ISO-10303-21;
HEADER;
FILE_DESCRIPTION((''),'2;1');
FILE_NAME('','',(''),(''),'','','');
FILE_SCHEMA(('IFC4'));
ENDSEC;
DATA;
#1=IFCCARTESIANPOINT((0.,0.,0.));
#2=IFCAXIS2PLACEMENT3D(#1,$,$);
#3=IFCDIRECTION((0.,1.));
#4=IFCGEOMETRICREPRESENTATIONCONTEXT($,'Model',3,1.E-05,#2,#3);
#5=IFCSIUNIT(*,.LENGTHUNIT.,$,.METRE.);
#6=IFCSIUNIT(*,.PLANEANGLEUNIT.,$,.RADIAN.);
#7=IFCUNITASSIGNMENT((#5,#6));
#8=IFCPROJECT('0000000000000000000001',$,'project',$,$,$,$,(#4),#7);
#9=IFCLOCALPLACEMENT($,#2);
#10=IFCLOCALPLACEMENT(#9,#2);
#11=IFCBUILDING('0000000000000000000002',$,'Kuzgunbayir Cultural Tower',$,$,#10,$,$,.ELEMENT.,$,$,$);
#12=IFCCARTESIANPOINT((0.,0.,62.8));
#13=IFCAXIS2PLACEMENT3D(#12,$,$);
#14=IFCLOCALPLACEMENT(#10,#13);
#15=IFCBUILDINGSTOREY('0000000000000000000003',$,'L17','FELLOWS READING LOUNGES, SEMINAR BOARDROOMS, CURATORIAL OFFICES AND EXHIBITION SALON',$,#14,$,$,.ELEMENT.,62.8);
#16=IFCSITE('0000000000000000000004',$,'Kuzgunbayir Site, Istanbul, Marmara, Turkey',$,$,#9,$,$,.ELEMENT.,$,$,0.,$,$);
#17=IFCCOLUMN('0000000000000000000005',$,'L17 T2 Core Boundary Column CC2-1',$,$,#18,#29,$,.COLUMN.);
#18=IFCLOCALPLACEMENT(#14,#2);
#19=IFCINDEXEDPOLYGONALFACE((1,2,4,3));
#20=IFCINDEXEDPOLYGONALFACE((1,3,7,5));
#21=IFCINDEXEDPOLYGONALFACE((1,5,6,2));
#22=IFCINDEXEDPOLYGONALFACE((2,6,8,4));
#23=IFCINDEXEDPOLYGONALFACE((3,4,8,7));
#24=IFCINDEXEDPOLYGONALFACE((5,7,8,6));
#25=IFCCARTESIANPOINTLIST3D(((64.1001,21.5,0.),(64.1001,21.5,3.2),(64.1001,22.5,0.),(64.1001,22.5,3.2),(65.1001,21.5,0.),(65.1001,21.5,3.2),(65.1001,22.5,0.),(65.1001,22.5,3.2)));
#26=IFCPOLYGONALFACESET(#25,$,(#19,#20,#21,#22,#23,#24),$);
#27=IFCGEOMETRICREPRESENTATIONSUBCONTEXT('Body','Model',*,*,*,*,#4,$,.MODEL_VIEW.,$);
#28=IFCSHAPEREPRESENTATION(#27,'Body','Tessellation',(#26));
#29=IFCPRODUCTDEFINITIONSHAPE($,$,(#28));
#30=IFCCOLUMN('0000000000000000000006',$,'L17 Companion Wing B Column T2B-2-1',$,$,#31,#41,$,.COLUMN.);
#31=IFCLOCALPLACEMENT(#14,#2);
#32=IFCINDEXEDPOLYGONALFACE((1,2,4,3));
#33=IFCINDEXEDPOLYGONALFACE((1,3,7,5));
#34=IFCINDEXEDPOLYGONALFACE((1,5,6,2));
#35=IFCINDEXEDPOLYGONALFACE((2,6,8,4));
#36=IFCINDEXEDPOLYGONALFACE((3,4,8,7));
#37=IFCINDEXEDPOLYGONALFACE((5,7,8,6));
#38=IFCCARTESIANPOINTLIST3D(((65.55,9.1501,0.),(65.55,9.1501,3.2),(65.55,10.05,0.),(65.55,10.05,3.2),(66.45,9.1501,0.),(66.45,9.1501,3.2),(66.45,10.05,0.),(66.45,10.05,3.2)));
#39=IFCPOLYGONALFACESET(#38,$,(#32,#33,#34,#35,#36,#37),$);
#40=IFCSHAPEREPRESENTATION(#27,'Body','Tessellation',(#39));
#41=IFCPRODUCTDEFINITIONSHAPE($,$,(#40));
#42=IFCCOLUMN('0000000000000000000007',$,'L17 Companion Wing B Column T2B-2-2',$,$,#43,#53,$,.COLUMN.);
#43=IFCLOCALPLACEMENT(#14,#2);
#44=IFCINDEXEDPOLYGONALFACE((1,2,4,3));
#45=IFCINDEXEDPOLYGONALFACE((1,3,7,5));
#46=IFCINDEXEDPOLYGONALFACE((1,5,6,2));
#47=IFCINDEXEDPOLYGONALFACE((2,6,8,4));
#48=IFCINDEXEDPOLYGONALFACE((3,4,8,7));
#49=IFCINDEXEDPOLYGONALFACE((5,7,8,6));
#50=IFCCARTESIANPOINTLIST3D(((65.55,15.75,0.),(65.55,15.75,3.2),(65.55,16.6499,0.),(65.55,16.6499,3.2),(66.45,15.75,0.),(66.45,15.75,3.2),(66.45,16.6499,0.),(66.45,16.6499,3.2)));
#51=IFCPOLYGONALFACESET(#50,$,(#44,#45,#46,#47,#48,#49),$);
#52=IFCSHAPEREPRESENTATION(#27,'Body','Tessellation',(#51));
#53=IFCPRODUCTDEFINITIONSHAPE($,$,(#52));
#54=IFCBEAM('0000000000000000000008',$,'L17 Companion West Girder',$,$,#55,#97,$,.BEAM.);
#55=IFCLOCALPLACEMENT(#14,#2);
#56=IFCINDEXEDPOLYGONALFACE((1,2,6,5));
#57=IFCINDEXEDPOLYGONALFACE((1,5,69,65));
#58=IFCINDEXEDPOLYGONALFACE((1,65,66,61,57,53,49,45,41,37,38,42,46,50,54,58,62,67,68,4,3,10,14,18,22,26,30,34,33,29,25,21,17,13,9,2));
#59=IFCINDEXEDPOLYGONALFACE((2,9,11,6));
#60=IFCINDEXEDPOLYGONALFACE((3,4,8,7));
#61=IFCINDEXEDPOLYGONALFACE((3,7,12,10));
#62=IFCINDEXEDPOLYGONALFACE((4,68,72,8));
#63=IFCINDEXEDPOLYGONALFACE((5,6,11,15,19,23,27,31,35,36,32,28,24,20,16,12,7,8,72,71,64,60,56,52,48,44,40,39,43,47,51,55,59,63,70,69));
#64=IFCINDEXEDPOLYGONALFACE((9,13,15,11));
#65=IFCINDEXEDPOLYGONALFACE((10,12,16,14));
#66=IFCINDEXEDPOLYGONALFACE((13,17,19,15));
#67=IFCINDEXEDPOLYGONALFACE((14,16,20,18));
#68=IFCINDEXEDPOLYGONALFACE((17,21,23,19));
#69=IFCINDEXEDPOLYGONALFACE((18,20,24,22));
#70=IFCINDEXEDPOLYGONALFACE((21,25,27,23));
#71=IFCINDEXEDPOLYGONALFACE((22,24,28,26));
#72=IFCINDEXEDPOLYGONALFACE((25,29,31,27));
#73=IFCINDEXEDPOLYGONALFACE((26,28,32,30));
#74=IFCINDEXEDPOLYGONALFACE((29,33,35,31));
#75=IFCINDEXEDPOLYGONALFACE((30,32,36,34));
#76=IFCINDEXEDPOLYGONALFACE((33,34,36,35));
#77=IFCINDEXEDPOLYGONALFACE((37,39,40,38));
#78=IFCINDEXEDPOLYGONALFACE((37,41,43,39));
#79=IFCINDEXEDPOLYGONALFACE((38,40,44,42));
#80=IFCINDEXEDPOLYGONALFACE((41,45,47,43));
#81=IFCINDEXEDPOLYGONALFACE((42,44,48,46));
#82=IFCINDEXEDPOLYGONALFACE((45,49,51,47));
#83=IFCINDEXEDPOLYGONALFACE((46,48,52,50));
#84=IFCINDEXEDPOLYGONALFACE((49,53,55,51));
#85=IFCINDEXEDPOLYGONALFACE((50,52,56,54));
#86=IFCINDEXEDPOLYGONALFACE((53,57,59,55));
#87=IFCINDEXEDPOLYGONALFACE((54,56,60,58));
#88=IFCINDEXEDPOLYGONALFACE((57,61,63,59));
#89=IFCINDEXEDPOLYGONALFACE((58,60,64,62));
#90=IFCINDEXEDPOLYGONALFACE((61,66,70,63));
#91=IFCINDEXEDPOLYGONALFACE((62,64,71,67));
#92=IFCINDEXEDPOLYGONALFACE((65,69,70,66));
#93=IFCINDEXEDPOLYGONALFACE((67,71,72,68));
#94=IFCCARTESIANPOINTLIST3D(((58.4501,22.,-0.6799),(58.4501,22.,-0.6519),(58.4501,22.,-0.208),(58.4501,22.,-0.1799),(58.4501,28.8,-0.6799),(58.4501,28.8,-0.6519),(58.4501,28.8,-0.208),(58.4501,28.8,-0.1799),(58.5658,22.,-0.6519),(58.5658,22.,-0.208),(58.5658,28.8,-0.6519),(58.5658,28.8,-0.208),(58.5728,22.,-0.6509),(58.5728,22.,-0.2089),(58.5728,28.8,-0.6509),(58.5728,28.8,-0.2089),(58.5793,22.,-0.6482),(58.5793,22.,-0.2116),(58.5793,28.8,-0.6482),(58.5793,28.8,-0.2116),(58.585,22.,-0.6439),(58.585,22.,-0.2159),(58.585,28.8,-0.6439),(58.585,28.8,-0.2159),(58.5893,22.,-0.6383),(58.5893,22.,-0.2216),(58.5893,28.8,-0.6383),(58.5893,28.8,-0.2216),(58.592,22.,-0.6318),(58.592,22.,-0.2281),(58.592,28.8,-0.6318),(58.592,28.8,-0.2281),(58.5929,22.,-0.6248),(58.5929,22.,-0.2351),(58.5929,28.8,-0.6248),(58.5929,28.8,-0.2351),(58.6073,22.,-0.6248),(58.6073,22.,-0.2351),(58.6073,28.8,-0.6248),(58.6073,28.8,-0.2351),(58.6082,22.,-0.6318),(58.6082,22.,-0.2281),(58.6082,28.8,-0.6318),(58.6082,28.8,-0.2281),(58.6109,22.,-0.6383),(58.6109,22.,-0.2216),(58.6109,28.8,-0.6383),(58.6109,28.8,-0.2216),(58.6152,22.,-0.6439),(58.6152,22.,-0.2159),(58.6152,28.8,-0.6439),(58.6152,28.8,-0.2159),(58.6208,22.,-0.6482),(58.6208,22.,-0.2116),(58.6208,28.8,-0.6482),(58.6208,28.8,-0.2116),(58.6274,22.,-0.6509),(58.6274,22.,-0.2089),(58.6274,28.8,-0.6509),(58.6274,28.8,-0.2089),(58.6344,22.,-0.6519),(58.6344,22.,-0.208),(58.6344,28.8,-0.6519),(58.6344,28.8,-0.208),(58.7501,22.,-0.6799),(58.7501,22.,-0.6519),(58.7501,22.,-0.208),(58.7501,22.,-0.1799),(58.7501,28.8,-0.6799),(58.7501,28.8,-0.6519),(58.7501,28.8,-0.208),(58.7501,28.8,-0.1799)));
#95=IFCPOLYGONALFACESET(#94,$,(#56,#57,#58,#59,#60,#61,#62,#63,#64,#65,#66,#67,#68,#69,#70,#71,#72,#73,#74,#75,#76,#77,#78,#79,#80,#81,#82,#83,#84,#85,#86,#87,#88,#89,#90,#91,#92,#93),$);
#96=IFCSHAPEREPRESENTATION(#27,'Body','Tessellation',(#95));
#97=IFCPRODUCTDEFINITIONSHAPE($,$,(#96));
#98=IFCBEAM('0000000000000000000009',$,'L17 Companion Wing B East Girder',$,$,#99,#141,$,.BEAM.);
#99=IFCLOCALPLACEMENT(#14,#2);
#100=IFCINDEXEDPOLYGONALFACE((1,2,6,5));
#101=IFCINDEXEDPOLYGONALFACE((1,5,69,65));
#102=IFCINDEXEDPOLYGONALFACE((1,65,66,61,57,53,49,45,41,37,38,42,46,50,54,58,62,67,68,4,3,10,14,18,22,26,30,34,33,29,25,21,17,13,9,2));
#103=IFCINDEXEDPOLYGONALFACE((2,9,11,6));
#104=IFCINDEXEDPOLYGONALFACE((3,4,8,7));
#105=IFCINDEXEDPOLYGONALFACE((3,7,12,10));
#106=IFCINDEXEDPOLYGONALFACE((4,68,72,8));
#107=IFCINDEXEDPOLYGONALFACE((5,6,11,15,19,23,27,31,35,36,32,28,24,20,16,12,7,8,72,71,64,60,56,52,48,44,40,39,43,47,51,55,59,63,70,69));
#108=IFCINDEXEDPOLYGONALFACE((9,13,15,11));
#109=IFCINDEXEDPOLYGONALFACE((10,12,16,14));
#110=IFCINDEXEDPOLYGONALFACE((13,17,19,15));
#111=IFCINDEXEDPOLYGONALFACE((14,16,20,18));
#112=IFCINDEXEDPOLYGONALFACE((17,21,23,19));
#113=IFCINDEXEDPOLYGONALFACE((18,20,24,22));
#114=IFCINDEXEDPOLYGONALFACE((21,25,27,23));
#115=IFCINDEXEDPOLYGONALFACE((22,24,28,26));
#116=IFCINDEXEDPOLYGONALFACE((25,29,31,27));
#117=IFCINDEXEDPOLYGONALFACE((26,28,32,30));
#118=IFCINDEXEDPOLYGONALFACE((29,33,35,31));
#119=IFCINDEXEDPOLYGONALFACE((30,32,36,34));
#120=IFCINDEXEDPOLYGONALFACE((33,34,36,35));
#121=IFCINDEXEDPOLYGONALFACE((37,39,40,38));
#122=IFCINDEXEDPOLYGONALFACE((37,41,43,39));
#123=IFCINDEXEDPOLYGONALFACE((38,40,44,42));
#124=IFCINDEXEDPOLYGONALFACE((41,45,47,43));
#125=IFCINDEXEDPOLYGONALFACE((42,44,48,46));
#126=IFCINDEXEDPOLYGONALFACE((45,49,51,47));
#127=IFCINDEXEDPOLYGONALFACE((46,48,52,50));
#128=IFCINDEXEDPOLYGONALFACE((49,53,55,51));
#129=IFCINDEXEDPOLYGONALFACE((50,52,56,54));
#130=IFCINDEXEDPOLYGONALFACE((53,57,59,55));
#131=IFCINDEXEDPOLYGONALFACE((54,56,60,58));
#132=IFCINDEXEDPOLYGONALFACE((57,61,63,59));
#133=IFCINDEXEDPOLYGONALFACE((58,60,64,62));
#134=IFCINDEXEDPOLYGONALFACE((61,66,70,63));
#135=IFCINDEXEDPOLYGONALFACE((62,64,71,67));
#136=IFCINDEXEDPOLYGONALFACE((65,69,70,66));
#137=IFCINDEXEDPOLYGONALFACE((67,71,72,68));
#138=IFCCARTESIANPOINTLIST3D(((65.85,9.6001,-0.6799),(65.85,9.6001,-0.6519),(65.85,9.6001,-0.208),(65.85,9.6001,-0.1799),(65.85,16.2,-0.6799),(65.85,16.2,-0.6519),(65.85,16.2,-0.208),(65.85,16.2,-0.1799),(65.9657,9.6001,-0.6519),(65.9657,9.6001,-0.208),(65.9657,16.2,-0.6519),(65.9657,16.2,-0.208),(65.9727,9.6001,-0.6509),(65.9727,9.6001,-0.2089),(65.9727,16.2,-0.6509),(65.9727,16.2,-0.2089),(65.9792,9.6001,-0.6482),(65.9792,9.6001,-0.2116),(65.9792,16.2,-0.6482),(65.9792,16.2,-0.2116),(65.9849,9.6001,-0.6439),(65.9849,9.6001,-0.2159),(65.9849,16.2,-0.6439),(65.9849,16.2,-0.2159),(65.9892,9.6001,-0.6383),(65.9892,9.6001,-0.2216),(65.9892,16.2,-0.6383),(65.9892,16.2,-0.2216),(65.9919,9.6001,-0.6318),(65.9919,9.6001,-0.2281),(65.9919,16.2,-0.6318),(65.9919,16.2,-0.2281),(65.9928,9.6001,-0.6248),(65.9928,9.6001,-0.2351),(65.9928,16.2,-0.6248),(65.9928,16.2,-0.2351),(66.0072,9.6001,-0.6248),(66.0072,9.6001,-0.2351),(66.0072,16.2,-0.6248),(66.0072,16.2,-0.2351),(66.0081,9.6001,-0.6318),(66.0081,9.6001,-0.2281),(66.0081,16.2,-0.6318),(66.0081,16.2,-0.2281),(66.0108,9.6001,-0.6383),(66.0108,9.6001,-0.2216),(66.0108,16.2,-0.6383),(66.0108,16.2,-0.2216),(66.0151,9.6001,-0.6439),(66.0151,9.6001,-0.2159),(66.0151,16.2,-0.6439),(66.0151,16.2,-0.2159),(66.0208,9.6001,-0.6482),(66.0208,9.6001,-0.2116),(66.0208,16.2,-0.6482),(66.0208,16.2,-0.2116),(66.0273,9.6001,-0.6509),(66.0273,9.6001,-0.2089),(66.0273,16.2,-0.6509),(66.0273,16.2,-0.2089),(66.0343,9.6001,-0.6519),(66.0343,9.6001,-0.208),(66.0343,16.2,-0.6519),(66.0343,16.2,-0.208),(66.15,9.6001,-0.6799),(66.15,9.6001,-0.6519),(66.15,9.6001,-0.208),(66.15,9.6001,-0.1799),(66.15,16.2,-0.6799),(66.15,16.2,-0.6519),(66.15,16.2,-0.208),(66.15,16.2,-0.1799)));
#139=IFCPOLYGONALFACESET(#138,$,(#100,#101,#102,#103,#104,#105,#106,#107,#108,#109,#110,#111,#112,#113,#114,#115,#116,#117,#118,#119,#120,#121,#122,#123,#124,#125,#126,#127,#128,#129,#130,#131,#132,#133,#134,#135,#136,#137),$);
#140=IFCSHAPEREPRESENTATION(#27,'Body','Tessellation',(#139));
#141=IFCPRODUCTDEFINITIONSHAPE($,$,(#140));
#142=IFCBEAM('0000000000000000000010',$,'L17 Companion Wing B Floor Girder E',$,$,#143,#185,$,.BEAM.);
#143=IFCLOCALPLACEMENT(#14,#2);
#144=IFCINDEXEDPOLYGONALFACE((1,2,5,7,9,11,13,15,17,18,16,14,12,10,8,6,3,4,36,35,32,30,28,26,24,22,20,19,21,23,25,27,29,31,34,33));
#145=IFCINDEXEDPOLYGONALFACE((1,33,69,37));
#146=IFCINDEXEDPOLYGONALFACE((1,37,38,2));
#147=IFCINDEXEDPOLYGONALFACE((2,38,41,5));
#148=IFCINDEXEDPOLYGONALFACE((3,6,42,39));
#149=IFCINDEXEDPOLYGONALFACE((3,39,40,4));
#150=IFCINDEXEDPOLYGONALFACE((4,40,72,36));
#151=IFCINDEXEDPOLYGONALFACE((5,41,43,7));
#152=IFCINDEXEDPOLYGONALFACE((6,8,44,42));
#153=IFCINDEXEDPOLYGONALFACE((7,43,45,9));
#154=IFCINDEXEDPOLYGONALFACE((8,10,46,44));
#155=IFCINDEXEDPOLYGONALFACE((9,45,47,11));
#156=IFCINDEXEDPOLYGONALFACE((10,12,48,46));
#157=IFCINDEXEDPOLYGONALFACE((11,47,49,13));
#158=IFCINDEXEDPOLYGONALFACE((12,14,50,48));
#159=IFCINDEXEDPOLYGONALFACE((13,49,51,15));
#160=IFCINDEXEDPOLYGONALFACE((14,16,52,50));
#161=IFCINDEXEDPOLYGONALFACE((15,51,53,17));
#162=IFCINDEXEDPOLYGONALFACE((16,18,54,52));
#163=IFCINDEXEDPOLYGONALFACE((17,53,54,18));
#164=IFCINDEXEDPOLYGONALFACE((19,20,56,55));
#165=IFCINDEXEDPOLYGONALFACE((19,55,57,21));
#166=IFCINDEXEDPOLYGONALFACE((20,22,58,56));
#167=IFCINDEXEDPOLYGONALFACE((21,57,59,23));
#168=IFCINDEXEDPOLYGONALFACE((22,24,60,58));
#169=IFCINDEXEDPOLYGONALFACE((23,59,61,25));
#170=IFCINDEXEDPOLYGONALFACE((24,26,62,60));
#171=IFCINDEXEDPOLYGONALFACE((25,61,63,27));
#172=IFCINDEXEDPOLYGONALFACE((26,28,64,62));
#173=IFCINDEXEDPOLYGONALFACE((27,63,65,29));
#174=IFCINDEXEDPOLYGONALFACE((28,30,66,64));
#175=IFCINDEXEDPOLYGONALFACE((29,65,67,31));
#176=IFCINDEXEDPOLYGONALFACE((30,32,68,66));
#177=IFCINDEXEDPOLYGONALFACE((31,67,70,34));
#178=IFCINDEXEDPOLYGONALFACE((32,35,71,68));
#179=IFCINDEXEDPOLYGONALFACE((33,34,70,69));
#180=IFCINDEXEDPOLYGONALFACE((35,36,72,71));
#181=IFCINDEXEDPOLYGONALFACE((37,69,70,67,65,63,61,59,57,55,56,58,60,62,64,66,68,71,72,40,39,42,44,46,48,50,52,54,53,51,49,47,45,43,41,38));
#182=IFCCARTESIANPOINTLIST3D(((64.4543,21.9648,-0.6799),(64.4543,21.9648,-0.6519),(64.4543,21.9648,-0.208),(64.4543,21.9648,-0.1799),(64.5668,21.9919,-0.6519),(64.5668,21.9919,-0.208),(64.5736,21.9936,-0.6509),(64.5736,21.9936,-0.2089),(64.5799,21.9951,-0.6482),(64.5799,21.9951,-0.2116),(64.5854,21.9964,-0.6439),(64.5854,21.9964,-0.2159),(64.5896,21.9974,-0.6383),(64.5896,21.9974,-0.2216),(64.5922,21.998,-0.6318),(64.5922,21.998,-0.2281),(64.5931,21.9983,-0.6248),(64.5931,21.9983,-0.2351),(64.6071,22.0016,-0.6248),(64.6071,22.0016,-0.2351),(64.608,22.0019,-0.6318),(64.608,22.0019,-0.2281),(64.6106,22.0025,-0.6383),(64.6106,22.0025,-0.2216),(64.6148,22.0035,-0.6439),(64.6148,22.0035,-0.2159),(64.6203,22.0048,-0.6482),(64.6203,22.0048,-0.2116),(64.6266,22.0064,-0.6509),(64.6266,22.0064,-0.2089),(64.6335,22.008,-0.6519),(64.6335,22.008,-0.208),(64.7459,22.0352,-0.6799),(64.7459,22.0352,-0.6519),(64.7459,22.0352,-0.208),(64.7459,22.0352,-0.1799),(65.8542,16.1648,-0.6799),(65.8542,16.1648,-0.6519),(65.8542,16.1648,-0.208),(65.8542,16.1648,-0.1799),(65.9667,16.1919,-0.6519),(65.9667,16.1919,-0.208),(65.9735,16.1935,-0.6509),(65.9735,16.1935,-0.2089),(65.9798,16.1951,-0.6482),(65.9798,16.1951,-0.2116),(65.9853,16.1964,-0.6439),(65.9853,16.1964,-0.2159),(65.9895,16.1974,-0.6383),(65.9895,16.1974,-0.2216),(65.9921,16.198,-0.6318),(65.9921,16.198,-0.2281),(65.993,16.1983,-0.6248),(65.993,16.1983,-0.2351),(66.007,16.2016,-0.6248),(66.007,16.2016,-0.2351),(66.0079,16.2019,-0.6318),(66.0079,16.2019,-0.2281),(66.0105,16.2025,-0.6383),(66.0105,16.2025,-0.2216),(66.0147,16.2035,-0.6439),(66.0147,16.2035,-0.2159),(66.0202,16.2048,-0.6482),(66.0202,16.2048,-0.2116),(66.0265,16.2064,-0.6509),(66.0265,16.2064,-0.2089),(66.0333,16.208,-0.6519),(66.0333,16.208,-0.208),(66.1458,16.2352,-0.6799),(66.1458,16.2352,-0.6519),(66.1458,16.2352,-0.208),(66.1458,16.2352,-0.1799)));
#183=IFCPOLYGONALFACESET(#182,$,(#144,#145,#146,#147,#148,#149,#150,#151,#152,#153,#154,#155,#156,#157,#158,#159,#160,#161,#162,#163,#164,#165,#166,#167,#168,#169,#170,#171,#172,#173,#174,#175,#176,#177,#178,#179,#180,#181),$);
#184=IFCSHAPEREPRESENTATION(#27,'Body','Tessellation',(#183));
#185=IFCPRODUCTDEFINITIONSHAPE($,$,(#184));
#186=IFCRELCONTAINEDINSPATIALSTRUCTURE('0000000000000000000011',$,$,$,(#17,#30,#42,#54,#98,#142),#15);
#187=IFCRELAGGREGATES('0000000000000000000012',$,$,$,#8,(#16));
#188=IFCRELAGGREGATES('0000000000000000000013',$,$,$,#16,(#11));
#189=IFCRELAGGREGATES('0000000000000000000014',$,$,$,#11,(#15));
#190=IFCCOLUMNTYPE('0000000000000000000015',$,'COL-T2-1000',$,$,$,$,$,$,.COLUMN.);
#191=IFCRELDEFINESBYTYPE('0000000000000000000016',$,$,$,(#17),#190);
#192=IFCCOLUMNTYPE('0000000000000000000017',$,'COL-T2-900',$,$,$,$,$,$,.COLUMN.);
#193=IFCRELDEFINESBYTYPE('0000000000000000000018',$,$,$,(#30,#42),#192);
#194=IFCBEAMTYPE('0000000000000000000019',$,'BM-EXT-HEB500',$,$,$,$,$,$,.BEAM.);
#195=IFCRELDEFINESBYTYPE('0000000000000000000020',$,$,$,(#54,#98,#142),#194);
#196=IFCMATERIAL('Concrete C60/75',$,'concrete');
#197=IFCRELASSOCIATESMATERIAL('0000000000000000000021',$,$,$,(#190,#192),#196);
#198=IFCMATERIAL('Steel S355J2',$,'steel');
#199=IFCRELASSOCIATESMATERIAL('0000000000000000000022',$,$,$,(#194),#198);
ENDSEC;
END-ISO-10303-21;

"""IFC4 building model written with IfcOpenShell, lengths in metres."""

from ifc_helpers import new_model, si_unit, direction, frame, origin, origin_2d, place, context, subcontext, project, spatial, rectangle, i_section, extrude, material, material_profile, profile_set, type_object, element, save


model = new_model("IFC4")

# Units and contexts
model_context = context("Model", 3, precision=1e-05, world=origin(), true_north=direction((0.0, 1.0)))
body_context = subcontext(model_context, "Body", "Model", "MODEL_VIEW")
ifc_project = project(units=[si_unit("LENGTHUNIT", "METRE"), si_unit("PLANEANGLEUNIT", "RADIAN")], contexts=[model_context])

# Site, building, storey
site_placement = place(None, origin())
site = spatial("IfcSite", under=ifc_project, at=site_placement, Name="Kuzgunbayir Site, Istanbul, Marmara, Turkey", CompositionType="ELEMENT", RefElevation=0.0)
building_placement = place(site_placement, origin())
building = spatial("IfcBuilding", under=site, at=building_placement, Name="Kuzgunbayir Cultural Tower", CompositionType="ELEMENT")
storey_placement = place(building_placement, frame((0.0, 0.0, 62.8)))
storey = spatial("IfcBuildingStorey", under=building, at=storey_placement, Name="L17", Description="FELLOWS READING LOUNGES, SEMINAR BOARDROOMS, CURATORIAL OFFICES AND EXHIBITION SALON", CompositionType="ELEMENT", Elevation=62.8)

# Columns
ifc_material_1 = material(Name="Concrete C60/75", Category="concrete")
ifc_material_profile_1 = material_profile(ifc_material_1, rectangle(XDim=1.0, YDim=1.0, at=origin_2d()), Name="RC 1000x1000")
ifc_profile_set_1 = profile_set([ifc_material_profile_1], Name="Concrete C60/75")
column_type_1 = type_object("IfcColumnType", Name="COL-T2-1000", PredefinedType="COLUMN", material=ifc_profile_set_1)
column_placement = place(storey_placement, frame((64.6001, 22.0, 0.0), z_axis=(0.0, 0.0, 1.0), x_axis=(1.0, 0.0, 0.0)))
element("IfcColumn", 1, at=column_placement, inside=storey, type_object=column_type_1, Name="L17 T2 Core Boundary Column CC2-1", PredefinedType="COLUMN", context=body_context, shape_type="SweptSolid", body=[
    extrude(rectangle(XDim=1.0, YDim=1.0, at=origin_2d()), origin(), (0.0, 0.0, 1.0), 3.2),
])
ifc_material_profile_2 = material_profile(ifc_material_1, rectangle(XDim=0.8999, YDim=0.8999, at=origin_2d()), Name="RC 900x900")
ifc_profile_set_2 = profile_set([ifc_material_profile_2], Name="Concrete C60/75")
column_type_2 = type_object("IfcColumnType", Name="COL-T2-900", PredefinedType="COLUMN", material=ifc_profile_set_2)
for number, where, z_axis, x_axis, name in (
    (2, (66.0, 9.6001, 0.0), (0.0, 0.0, 1.0), (1.0, 0.0, 0.0), "L17 Companion Wing B Column T2B-2-1"),
    (3, (66.0, 16.2, 0.0), (0.0, 0.0, 1.0), (1.0, 0.0, 0.0), "L17 Companion Wing B Column T2B-2-2"),
):
    element("IfcColumn", number, at=place(storey_placement, frame(where, z_axis=z_axis, x_axis=x_axis)), inside=storey, type_object=column_type_2, Name=name, PredefinedType="COLUMN", context=body_context, shape_type="SweptSolid", body=[
        extrude(rectangle(XDim=0.8999, YDim=0.8999, at=origin_2d()), origin(), (0.0, 0.0, 1.0), 3.2),
    ])

# Beams
ifc_material_2 = material(Name="Steel S355J2", Category="steel")
ifc_material_profile_3 = material_profile(ifc_material_2, i_section(OverallWidth=0.3, OverallDepth=0.5, WebThickness=0.0144, FlangeThickness=0.0281, FilletRadius=0.0271, at=origin_2d()), Name="HEB 500")
ifc_profile_set_3 = profile_set([ifc_material_profile_3], Name="Steel S355J2")
beam_type_1 = type_object("IfcBeamType", Name="BM-EXT-HEB500", PredefinedType="BEAM", material=ifc_profile_set_3)
beam_1_placement = place(storey_placement, frame((58.6001, 22.0, -0.4299), z_axis=(0.0, 1.0, 0.0), x_axis=(-1.0, 0.0, 0.0)))
element("IfcBeam", 4, at=beam_1_placement, inside=storey, type_object=beam_type_1, Name="L17 Companion West Girder", PredefinedType="BEAM", context=body_context, shape_type="SweptSolid", body=[
    extrude(i_section(OverallWidth=0.3, OverallDepth=0.5, WebThickness=0.0144, FlangeThickness=0.0281, FilletRadius=0.0271, at=origin_2d()), origin(), (0.0, 0.0, 1.0), 6.8),
])
beam_2_placement = place(storey_placement, frame((66.0, 9.6001, -0.4299), z_axis=(0.0, 1.0, 0.0), x_axis=(-1.0, 0.0, 0.0)))
element("IfcBeam", 5, at=beam_2_placement, inside=storey, type_object=beam_type_1, Name="L17 Companion Wing B East Girder", PredefinedType="BEAM", context=body_context, shape_type="SweptSolid", body=[
    extrude(i_section(OverallWidth=0.3, OverallDepth=0.5, WebThickness=0.0144, FlangeThickness=0.0281, FilletRadius=0.0271, at=origin_2d()), origin(), (0.0, 0.0, 1.0), 6.5999),
])
beam_3_placement = place(storey_placement, frame((66.0, 16.2, -0.4299), z_axis=(-0.234623, 0.972086, 0.0), x_axis=(-0.972086, -0.234623, 0.0)))
element("IfcBeam", 6, at=beam_3_placement, inside=storey, type_object=beam_type_1, Name="L17 Companion Wing B Floor Girder E", PredefinedType="BEAM", context=body_context, shape_type="SweptSolid", body=[
    extrude(i_section(OverallWidth=0.3, OverallDepth=0.5, WebThickness=0.0144, FlangeThickness=0.0281, FilletRadius=0.0271, at=origin_2d()), origin(), (0.0, 0.0, 1.0), 5.9666),
])

save(model, "model.ifc")
